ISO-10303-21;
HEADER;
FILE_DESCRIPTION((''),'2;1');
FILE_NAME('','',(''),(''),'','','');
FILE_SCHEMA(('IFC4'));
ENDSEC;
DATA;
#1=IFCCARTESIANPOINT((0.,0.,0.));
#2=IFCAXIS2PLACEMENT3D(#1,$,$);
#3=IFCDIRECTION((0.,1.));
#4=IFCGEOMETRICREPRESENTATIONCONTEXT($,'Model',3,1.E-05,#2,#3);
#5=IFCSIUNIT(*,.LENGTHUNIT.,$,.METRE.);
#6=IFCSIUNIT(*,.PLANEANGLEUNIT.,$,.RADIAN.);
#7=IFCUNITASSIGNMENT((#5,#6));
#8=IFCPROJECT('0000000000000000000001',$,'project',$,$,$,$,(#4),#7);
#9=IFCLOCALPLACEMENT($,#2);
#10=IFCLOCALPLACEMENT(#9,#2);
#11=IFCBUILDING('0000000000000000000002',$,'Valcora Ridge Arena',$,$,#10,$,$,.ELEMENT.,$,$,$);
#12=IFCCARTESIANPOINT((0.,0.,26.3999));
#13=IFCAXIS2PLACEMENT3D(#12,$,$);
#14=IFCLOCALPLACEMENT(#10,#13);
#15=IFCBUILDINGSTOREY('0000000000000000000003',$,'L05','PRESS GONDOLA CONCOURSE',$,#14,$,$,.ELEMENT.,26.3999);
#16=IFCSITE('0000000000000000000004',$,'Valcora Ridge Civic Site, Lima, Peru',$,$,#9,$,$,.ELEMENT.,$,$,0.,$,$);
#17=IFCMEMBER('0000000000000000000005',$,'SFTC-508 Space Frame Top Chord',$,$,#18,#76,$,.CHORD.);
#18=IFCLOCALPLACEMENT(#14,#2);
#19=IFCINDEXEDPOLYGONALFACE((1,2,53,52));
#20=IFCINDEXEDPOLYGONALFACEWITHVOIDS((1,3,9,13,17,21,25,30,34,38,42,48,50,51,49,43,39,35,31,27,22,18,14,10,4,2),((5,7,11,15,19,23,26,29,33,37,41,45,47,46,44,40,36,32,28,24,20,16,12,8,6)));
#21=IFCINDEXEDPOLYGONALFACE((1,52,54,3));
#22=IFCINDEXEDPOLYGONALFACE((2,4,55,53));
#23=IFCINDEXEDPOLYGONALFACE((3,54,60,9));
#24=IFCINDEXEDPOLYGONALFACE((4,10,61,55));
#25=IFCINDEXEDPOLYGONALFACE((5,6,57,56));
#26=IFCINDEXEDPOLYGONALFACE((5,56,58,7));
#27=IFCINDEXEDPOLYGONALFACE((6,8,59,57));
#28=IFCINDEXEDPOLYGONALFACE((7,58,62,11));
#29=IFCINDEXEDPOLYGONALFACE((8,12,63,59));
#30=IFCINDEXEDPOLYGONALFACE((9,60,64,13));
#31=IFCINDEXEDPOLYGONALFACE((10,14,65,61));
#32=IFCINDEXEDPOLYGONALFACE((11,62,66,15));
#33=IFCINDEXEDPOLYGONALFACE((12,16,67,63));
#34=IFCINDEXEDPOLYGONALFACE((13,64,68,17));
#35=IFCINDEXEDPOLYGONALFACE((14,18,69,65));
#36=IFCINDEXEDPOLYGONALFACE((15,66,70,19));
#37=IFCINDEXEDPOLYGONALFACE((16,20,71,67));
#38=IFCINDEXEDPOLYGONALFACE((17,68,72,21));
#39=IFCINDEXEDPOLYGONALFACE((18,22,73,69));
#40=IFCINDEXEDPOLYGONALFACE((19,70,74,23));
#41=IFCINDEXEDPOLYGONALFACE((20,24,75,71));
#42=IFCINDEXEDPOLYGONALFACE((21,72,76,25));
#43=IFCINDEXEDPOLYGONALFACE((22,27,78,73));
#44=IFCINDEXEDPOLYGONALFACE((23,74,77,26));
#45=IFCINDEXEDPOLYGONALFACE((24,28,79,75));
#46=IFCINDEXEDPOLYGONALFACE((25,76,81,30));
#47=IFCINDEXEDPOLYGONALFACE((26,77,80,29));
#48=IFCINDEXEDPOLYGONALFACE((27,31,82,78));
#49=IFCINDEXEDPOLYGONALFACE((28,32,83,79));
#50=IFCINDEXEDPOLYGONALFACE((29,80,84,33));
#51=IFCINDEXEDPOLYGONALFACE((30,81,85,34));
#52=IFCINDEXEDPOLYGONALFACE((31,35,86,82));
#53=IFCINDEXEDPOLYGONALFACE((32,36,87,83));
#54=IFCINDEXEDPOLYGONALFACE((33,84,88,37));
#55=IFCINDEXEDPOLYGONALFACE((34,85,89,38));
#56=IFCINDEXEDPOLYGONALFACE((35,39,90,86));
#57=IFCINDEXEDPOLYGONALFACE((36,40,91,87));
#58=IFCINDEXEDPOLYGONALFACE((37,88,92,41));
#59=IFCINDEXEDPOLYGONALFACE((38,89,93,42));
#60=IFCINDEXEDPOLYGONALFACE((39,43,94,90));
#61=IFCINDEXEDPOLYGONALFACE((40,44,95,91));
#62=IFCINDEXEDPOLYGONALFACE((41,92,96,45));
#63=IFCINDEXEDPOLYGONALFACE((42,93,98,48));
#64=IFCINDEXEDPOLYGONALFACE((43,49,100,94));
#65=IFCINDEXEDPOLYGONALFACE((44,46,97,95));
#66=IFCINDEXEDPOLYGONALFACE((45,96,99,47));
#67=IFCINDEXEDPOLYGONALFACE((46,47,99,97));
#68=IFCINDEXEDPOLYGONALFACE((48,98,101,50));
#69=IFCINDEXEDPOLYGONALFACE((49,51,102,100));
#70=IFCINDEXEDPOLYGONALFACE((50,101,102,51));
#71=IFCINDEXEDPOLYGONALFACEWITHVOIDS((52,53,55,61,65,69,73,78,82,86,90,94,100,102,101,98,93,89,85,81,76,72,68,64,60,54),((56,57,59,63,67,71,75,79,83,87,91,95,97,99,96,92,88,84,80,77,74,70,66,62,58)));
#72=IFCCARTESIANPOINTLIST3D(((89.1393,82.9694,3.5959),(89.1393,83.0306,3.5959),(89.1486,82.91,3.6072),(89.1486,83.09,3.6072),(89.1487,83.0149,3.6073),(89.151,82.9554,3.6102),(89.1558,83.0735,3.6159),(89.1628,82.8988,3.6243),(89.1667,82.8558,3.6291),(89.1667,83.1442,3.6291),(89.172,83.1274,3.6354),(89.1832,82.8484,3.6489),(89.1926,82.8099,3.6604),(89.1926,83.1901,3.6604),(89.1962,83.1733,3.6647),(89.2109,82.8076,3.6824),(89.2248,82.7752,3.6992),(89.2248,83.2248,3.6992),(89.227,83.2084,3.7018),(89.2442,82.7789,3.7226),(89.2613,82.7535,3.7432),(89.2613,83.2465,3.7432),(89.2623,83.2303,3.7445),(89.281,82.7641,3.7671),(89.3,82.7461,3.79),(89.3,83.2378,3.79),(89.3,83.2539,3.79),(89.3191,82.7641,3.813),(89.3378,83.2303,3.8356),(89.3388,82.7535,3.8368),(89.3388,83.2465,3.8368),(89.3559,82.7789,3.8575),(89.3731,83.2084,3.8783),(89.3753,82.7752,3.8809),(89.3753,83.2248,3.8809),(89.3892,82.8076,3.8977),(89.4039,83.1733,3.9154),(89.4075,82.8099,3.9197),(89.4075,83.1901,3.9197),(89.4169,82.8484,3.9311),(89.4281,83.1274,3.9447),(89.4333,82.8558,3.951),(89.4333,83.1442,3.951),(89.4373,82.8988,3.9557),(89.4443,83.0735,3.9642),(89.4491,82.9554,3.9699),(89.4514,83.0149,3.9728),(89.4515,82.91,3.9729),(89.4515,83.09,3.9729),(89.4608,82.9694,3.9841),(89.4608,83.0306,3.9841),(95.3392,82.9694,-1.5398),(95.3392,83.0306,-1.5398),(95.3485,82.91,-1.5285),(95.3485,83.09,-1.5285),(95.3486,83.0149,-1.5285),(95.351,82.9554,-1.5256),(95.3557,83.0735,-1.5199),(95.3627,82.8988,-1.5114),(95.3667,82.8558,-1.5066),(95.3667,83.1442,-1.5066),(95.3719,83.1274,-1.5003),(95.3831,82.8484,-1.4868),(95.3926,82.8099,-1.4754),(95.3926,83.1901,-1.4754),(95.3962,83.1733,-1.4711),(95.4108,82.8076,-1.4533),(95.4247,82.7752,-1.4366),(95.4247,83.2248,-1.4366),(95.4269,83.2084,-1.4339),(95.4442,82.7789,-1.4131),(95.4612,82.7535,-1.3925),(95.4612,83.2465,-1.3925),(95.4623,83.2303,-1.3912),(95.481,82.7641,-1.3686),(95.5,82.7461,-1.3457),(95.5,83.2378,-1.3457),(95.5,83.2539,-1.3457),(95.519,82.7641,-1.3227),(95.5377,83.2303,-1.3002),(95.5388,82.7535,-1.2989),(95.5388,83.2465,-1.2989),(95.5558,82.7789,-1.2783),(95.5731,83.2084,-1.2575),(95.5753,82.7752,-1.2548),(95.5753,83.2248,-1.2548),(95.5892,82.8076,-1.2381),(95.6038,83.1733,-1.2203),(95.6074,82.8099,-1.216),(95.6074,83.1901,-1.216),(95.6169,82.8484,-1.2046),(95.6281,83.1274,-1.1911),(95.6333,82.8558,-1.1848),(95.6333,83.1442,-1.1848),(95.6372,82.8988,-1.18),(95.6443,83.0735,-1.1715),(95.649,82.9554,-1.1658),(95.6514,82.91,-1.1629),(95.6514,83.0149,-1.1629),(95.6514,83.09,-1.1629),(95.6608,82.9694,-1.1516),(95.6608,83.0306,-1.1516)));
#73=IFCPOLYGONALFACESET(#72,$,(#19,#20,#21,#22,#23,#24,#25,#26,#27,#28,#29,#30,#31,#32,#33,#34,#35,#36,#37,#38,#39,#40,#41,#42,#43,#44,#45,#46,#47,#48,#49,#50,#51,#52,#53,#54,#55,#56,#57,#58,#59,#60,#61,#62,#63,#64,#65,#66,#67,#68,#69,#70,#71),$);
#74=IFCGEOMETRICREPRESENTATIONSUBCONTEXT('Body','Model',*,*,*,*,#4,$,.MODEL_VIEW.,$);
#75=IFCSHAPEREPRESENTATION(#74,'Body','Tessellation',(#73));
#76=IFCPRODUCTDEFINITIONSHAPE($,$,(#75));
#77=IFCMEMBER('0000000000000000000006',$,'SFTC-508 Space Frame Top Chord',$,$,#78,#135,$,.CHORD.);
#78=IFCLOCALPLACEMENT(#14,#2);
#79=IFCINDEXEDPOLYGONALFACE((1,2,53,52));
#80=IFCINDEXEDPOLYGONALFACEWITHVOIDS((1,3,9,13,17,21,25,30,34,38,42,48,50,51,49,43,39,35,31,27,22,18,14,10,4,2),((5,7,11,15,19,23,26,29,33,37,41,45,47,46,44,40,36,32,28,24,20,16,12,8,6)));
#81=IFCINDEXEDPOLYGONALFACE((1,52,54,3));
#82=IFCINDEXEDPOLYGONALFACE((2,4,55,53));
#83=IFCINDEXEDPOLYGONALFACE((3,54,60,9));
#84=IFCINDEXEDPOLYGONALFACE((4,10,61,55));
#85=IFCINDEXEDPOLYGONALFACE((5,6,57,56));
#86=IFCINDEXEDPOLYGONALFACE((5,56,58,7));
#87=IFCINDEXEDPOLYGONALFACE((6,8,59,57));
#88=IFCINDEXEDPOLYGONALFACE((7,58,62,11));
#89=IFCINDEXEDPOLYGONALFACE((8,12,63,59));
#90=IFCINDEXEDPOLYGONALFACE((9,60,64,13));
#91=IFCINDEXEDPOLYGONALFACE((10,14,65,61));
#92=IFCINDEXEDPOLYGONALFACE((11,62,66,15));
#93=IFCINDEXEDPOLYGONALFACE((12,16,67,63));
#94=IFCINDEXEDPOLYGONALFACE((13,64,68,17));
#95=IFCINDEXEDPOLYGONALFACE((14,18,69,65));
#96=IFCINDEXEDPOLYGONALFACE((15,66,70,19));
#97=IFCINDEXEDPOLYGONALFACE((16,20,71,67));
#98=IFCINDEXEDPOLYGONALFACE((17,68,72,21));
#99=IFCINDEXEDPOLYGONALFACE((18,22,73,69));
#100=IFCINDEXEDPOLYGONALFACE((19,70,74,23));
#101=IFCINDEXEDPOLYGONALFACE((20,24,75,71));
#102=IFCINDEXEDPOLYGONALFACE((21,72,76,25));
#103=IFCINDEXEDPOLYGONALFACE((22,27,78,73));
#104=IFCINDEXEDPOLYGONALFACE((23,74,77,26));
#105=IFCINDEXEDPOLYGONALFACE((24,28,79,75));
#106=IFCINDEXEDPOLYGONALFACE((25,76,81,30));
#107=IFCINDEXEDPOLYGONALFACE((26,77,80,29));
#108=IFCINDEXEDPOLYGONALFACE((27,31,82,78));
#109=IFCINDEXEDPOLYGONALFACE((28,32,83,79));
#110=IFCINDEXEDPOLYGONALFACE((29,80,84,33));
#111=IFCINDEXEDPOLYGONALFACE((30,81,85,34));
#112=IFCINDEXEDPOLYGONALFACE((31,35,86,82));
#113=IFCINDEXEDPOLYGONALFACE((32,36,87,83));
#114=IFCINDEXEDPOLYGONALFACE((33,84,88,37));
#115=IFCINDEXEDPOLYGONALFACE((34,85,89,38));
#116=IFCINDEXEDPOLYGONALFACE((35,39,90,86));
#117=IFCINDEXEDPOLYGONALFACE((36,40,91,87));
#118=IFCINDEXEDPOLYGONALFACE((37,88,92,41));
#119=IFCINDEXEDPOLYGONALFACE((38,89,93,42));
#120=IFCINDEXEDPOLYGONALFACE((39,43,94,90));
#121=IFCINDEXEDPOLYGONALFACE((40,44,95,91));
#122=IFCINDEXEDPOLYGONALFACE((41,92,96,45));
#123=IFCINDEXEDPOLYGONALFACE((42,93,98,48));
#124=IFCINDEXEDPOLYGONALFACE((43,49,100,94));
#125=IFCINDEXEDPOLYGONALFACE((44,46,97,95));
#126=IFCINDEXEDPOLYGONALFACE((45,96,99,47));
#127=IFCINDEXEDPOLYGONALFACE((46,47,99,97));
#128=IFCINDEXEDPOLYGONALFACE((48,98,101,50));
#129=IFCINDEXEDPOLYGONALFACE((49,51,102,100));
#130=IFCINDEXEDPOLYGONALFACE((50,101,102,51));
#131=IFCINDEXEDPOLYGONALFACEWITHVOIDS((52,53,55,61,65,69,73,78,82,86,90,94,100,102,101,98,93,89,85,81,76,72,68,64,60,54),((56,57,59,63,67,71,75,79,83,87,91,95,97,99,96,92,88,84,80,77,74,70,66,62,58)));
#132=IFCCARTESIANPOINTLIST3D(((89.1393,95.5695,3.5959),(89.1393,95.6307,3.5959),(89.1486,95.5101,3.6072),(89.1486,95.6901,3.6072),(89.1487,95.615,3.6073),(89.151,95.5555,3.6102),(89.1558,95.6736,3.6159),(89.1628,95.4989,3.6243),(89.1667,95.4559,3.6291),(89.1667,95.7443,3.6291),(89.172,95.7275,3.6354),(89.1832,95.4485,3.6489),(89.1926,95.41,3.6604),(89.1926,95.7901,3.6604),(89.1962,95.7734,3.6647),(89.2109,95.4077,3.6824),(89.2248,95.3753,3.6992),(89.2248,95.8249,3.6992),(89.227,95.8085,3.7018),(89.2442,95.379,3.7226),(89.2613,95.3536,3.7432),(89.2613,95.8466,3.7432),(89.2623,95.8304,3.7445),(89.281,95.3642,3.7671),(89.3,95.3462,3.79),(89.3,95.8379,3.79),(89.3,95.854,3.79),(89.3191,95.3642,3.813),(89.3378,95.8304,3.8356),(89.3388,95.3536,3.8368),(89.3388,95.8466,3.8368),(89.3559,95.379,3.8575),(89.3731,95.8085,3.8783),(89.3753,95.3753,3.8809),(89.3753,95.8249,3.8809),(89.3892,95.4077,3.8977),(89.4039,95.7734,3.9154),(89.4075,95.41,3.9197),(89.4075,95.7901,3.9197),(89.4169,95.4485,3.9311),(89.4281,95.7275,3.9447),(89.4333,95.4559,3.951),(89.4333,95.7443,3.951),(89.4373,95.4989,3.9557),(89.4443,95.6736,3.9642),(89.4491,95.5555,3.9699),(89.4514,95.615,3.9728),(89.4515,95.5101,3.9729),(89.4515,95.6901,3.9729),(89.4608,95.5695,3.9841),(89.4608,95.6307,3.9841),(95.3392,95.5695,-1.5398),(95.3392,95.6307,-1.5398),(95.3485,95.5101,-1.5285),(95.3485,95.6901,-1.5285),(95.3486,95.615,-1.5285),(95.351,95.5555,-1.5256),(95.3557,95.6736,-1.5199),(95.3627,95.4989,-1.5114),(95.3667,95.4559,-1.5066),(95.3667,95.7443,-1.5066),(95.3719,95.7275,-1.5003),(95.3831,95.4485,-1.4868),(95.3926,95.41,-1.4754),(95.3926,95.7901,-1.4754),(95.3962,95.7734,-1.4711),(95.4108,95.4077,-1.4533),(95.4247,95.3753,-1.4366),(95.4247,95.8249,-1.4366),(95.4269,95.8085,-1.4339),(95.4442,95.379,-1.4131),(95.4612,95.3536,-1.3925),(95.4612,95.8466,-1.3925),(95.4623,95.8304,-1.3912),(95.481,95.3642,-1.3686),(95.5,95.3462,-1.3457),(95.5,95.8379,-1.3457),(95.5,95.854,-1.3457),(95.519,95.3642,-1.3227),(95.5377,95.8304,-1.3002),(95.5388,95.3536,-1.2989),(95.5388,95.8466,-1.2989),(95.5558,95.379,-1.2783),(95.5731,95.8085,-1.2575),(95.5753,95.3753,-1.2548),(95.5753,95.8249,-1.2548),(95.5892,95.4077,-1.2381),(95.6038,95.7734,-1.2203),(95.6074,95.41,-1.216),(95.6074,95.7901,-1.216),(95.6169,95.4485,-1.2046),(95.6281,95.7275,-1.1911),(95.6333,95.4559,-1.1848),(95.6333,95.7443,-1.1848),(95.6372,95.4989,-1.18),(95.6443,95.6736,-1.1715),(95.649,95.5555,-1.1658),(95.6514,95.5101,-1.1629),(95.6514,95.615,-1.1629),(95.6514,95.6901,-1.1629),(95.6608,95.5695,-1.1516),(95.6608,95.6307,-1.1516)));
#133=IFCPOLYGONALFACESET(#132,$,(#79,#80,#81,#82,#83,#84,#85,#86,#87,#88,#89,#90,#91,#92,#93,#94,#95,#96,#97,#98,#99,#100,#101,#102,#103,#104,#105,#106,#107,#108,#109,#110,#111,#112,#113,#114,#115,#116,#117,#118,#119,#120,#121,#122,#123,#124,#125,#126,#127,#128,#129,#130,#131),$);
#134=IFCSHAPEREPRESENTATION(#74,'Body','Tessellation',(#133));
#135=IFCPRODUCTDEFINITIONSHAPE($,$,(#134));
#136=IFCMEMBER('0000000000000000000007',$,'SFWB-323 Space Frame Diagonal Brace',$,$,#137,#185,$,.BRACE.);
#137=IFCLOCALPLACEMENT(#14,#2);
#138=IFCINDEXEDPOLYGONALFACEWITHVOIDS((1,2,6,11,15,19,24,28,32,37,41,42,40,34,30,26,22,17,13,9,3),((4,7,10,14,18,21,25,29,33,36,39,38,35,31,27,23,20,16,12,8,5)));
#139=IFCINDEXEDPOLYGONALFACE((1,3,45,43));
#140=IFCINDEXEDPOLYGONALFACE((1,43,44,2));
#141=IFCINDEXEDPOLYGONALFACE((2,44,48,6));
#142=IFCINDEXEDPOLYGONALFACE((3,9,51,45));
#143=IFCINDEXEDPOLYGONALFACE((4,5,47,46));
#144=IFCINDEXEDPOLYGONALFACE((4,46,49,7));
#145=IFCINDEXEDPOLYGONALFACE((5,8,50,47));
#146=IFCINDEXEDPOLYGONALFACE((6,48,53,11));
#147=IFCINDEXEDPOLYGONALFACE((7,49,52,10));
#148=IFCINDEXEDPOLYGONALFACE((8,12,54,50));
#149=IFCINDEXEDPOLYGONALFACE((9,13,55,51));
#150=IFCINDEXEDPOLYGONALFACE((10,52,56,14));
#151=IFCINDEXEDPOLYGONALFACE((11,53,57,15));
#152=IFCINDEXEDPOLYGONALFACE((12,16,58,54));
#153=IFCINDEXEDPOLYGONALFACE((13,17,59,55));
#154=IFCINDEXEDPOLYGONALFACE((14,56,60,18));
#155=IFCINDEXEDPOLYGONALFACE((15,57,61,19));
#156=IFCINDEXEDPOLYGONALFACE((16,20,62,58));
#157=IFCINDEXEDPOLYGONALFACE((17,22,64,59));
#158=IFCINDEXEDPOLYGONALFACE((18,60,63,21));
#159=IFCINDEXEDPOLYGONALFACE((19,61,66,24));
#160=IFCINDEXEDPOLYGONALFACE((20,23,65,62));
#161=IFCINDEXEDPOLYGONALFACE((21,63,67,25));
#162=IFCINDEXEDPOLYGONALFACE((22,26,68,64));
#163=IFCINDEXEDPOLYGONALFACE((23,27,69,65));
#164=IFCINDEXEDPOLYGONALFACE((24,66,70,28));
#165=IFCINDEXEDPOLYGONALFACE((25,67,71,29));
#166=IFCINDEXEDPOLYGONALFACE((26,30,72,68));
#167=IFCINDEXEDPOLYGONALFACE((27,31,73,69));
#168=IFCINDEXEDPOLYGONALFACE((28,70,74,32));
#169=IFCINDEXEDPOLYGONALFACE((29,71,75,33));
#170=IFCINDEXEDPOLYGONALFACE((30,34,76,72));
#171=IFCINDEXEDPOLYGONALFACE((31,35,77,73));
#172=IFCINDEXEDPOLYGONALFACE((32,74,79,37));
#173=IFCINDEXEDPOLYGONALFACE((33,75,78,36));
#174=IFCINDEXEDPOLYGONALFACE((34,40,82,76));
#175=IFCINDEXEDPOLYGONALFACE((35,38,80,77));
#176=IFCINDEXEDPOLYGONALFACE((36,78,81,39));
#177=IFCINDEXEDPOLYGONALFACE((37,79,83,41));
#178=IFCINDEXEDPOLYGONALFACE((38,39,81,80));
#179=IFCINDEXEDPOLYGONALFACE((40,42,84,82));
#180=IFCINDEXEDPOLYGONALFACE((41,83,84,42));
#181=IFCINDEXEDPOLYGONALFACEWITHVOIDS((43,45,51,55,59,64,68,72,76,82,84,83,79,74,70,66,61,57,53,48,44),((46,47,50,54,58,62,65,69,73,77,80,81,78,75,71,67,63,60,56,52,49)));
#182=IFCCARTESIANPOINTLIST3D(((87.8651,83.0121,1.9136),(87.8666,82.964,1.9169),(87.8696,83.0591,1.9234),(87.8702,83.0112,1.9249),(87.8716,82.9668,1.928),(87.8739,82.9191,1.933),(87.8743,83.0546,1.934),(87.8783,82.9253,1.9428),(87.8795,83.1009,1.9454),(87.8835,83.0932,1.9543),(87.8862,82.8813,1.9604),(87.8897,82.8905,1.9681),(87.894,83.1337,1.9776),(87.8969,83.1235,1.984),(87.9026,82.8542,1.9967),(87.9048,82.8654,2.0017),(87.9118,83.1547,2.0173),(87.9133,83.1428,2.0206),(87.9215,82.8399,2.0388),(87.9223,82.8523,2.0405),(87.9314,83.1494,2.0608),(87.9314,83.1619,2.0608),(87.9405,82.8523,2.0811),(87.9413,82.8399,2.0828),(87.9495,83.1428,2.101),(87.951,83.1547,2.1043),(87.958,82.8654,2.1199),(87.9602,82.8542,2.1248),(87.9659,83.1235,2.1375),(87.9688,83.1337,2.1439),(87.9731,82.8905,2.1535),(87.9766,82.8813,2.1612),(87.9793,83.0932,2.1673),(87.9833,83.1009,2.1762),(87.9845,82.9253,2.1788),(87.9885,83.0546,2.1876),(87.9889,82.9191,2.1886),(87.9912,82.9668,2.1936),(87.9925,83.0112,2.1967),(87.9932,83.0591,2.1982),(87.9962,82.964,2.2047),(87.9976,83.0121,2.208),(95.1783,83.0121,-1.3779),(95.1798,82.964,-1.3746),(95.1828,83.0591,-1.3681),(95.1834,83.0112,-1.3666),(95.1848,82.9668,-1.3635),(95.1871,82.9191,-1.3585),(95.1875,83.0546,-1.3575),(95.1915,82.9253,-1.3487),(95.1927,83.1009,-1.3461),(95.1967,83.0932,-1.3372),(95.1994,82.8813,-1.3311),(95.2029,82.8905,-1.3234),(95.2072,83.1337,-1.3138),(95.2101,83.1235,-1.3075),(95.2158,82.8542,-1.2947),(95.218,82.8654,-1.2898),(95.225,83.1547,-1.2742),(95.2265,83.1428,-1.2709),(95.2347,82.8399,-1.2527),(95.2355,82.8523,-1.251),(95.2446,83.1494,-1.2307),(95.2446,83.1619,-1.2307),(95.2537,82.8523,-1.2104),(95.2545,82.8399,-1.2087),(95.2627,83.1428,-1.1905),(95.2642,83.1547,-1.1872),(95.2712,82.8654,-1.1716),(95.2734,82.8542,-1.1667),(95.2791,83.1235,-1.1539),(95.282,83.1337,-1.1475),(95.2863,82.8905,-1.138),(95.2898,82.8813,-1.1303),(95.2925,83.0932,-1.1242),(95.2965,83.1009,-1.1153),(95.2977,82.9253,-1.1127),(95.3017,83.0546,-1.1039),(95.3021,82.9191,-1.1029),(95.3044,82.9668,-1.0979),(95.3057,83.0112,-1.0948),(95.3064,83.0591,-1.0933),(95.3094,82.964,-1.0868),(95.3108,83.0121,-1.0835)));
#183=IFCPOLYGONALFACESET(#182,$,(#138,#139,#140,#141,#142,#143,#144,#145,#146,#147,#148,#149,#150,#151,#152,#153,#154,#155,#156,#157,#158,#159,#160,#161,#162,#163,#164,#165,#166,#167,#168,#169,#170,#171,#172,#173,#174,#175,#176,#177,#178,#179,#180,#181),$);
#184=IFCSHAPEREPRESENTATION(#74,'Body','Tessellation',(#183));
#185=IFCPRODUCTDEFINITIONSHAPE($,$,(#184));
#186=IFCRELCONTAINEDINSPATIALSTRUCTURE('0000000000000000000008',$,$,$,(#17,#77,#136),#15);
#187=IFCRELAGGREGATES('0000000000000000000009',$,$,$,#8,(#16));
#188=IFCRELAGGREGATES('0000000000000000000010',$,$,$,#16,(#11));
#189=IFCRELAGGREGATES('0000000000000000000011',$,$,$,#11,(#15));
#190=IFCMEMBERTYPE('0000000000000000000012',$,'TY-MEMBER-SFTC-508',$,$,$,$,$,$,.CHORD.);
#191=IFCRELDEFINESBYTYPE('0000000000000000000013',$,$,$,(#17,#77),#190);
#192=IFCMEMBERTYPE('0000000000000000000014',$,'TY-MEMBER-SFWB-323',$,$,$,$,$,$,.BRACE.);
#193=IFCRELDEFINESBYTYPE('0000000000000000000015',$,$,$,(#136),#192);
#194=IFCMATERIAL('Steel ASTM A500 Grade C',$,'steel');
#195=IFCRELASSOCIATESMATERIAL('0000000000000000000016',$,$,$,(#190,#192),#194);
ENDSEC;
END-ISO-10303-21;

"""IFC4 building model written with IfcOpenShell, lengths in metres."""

from ifc_helpers import new_model, si_unit, direction, frame, origin, origin_2d, place, context, subcontext, project, spatial, hollow_circle, extrude, material, material_profile, profile_set, type_object, element, save


model = new_model("IFC4")

# Units and contexts
model_context = context("Model", 3, precision=1e-05, world=origin(), true_north=direction((0.0, 1.0)))
body_context = subcontext(model_context, "Body", "Model", "MODEL_VIEW")
ifc_project = project(units=[si_unit("LENGTHUNIT", "METRE"), si_unit("PLANEANGLEUNIT", "RADIAN")], contexts=[model_context])

# Site, building, storey
site_placement = place(None, origin())
site = spatial("IfcSite", under=ifc_project, at=site_placement, Name="Valcora Ridge Civic Site, Lima, Peru", CompositionType="ELEMENT", RefElevation=0.0)
building_placement = place(site_placement, origin())
building = spatial("IfcBuilding", under=site, at=building_placement, Name="Valcora Ridge Arena", CompositionType="ELEMENT")
storey_placement = place(building_placement, frame((0.0, 0.0, 26.3999)))
storey = spatial("IfcBuildingStorey", under=building, at=storey_placement, Name="L05", Description="PRESS GONDOLA CONCOURSE", CompositionType="ELEMENT", Elevation=26.3999)

# Members
ifc_material_1 = material(Name="Steel ASTM A500 Grade C", Category="steel")
ifc_material_profile_1 = material_profile(ifc_material_1, hollow_circle(Radius=0.2539, WallThickness=0.0161, at=origin_2d()), Name="CHS508X16")
ifc_profile_set_1 = profile_set([ifc_material_profile_1], Name="Steel ASTM A500 Grade C")
member_type_1 = type_object("IfcMemberType", Name="TY-MEMBER-SFTC-508", PredefinedType="CHORD", material=ifc_profile_set_1)
for number, where, z_axis, x_axis, name in (
    (1, (89.3, 83.0, 3.79), (0.770105, 0.0, -0.637918), (0.0, 1.0, 0.0), "SFTC-508 Space Frame Top Chord"),
    (2, (89.3, 95.6001, 3.79), (0.770105, 0.0, -0.637918), (0.0, 1.0, 0.0), "SFTC-508 Space Frame Top Chord"),
):
    element("IfcMember", number, at=place(storey_placement, frame(where, z_axis=z_axis, x_axis=x_axis)), inside=storey, type_object=member_type_1, Name=name, PredefinedType="CHORD", context=body_context, shape_type="SweptSolid", body=[
        extrude(hollow_circle(Radius=0.2539, WallThickness=0.0161, at=origin_2d()), origin(), (0.0, 0.0, 1.0), 8.0508),
    ])
ifc_material_profile_2 = material_profile(ifc_material_1, hollow_circle(Radius=0.1619, WallThickness=0.0125, at=origin_2d()), Name="CHS323X12")
ifc_profile_set_2 = profile_set([ifc_material_profile_2], Name="Steel ASTM A500 Grade C")
member_type_2 = type_object("IfcMemberType", Name="TY-MEMBER-SFWB-323", PredefinedType="BRACE", material=ifc_profile_set_2)
for number, where, z_axis, x_axis, name in (
    (3, (87.9314, 83.0, 2.0608), (0.911896, 0.0, -0.410422), (0.0, 1.0, 0.0), "SFWB-323 Space Frame Diagonal Brace"),
):
    element("IfcMember", number, at=place(storey_placement, frame(where, z_axis=z_axis, x_axis=x_axis)), inside=storey, type_object=member_type_2, Name=name, PredefinedType="BRACE", context=body_context, shape_type="SweptSolid", body=[
        extrude(hollow_circle(Radius=0.1619, WallThickness=0.0125, at=origin_2d()), origin(), (0.0, 0.0, 1.0), 8.0198),
    ])

save(model, "model.ifc")
